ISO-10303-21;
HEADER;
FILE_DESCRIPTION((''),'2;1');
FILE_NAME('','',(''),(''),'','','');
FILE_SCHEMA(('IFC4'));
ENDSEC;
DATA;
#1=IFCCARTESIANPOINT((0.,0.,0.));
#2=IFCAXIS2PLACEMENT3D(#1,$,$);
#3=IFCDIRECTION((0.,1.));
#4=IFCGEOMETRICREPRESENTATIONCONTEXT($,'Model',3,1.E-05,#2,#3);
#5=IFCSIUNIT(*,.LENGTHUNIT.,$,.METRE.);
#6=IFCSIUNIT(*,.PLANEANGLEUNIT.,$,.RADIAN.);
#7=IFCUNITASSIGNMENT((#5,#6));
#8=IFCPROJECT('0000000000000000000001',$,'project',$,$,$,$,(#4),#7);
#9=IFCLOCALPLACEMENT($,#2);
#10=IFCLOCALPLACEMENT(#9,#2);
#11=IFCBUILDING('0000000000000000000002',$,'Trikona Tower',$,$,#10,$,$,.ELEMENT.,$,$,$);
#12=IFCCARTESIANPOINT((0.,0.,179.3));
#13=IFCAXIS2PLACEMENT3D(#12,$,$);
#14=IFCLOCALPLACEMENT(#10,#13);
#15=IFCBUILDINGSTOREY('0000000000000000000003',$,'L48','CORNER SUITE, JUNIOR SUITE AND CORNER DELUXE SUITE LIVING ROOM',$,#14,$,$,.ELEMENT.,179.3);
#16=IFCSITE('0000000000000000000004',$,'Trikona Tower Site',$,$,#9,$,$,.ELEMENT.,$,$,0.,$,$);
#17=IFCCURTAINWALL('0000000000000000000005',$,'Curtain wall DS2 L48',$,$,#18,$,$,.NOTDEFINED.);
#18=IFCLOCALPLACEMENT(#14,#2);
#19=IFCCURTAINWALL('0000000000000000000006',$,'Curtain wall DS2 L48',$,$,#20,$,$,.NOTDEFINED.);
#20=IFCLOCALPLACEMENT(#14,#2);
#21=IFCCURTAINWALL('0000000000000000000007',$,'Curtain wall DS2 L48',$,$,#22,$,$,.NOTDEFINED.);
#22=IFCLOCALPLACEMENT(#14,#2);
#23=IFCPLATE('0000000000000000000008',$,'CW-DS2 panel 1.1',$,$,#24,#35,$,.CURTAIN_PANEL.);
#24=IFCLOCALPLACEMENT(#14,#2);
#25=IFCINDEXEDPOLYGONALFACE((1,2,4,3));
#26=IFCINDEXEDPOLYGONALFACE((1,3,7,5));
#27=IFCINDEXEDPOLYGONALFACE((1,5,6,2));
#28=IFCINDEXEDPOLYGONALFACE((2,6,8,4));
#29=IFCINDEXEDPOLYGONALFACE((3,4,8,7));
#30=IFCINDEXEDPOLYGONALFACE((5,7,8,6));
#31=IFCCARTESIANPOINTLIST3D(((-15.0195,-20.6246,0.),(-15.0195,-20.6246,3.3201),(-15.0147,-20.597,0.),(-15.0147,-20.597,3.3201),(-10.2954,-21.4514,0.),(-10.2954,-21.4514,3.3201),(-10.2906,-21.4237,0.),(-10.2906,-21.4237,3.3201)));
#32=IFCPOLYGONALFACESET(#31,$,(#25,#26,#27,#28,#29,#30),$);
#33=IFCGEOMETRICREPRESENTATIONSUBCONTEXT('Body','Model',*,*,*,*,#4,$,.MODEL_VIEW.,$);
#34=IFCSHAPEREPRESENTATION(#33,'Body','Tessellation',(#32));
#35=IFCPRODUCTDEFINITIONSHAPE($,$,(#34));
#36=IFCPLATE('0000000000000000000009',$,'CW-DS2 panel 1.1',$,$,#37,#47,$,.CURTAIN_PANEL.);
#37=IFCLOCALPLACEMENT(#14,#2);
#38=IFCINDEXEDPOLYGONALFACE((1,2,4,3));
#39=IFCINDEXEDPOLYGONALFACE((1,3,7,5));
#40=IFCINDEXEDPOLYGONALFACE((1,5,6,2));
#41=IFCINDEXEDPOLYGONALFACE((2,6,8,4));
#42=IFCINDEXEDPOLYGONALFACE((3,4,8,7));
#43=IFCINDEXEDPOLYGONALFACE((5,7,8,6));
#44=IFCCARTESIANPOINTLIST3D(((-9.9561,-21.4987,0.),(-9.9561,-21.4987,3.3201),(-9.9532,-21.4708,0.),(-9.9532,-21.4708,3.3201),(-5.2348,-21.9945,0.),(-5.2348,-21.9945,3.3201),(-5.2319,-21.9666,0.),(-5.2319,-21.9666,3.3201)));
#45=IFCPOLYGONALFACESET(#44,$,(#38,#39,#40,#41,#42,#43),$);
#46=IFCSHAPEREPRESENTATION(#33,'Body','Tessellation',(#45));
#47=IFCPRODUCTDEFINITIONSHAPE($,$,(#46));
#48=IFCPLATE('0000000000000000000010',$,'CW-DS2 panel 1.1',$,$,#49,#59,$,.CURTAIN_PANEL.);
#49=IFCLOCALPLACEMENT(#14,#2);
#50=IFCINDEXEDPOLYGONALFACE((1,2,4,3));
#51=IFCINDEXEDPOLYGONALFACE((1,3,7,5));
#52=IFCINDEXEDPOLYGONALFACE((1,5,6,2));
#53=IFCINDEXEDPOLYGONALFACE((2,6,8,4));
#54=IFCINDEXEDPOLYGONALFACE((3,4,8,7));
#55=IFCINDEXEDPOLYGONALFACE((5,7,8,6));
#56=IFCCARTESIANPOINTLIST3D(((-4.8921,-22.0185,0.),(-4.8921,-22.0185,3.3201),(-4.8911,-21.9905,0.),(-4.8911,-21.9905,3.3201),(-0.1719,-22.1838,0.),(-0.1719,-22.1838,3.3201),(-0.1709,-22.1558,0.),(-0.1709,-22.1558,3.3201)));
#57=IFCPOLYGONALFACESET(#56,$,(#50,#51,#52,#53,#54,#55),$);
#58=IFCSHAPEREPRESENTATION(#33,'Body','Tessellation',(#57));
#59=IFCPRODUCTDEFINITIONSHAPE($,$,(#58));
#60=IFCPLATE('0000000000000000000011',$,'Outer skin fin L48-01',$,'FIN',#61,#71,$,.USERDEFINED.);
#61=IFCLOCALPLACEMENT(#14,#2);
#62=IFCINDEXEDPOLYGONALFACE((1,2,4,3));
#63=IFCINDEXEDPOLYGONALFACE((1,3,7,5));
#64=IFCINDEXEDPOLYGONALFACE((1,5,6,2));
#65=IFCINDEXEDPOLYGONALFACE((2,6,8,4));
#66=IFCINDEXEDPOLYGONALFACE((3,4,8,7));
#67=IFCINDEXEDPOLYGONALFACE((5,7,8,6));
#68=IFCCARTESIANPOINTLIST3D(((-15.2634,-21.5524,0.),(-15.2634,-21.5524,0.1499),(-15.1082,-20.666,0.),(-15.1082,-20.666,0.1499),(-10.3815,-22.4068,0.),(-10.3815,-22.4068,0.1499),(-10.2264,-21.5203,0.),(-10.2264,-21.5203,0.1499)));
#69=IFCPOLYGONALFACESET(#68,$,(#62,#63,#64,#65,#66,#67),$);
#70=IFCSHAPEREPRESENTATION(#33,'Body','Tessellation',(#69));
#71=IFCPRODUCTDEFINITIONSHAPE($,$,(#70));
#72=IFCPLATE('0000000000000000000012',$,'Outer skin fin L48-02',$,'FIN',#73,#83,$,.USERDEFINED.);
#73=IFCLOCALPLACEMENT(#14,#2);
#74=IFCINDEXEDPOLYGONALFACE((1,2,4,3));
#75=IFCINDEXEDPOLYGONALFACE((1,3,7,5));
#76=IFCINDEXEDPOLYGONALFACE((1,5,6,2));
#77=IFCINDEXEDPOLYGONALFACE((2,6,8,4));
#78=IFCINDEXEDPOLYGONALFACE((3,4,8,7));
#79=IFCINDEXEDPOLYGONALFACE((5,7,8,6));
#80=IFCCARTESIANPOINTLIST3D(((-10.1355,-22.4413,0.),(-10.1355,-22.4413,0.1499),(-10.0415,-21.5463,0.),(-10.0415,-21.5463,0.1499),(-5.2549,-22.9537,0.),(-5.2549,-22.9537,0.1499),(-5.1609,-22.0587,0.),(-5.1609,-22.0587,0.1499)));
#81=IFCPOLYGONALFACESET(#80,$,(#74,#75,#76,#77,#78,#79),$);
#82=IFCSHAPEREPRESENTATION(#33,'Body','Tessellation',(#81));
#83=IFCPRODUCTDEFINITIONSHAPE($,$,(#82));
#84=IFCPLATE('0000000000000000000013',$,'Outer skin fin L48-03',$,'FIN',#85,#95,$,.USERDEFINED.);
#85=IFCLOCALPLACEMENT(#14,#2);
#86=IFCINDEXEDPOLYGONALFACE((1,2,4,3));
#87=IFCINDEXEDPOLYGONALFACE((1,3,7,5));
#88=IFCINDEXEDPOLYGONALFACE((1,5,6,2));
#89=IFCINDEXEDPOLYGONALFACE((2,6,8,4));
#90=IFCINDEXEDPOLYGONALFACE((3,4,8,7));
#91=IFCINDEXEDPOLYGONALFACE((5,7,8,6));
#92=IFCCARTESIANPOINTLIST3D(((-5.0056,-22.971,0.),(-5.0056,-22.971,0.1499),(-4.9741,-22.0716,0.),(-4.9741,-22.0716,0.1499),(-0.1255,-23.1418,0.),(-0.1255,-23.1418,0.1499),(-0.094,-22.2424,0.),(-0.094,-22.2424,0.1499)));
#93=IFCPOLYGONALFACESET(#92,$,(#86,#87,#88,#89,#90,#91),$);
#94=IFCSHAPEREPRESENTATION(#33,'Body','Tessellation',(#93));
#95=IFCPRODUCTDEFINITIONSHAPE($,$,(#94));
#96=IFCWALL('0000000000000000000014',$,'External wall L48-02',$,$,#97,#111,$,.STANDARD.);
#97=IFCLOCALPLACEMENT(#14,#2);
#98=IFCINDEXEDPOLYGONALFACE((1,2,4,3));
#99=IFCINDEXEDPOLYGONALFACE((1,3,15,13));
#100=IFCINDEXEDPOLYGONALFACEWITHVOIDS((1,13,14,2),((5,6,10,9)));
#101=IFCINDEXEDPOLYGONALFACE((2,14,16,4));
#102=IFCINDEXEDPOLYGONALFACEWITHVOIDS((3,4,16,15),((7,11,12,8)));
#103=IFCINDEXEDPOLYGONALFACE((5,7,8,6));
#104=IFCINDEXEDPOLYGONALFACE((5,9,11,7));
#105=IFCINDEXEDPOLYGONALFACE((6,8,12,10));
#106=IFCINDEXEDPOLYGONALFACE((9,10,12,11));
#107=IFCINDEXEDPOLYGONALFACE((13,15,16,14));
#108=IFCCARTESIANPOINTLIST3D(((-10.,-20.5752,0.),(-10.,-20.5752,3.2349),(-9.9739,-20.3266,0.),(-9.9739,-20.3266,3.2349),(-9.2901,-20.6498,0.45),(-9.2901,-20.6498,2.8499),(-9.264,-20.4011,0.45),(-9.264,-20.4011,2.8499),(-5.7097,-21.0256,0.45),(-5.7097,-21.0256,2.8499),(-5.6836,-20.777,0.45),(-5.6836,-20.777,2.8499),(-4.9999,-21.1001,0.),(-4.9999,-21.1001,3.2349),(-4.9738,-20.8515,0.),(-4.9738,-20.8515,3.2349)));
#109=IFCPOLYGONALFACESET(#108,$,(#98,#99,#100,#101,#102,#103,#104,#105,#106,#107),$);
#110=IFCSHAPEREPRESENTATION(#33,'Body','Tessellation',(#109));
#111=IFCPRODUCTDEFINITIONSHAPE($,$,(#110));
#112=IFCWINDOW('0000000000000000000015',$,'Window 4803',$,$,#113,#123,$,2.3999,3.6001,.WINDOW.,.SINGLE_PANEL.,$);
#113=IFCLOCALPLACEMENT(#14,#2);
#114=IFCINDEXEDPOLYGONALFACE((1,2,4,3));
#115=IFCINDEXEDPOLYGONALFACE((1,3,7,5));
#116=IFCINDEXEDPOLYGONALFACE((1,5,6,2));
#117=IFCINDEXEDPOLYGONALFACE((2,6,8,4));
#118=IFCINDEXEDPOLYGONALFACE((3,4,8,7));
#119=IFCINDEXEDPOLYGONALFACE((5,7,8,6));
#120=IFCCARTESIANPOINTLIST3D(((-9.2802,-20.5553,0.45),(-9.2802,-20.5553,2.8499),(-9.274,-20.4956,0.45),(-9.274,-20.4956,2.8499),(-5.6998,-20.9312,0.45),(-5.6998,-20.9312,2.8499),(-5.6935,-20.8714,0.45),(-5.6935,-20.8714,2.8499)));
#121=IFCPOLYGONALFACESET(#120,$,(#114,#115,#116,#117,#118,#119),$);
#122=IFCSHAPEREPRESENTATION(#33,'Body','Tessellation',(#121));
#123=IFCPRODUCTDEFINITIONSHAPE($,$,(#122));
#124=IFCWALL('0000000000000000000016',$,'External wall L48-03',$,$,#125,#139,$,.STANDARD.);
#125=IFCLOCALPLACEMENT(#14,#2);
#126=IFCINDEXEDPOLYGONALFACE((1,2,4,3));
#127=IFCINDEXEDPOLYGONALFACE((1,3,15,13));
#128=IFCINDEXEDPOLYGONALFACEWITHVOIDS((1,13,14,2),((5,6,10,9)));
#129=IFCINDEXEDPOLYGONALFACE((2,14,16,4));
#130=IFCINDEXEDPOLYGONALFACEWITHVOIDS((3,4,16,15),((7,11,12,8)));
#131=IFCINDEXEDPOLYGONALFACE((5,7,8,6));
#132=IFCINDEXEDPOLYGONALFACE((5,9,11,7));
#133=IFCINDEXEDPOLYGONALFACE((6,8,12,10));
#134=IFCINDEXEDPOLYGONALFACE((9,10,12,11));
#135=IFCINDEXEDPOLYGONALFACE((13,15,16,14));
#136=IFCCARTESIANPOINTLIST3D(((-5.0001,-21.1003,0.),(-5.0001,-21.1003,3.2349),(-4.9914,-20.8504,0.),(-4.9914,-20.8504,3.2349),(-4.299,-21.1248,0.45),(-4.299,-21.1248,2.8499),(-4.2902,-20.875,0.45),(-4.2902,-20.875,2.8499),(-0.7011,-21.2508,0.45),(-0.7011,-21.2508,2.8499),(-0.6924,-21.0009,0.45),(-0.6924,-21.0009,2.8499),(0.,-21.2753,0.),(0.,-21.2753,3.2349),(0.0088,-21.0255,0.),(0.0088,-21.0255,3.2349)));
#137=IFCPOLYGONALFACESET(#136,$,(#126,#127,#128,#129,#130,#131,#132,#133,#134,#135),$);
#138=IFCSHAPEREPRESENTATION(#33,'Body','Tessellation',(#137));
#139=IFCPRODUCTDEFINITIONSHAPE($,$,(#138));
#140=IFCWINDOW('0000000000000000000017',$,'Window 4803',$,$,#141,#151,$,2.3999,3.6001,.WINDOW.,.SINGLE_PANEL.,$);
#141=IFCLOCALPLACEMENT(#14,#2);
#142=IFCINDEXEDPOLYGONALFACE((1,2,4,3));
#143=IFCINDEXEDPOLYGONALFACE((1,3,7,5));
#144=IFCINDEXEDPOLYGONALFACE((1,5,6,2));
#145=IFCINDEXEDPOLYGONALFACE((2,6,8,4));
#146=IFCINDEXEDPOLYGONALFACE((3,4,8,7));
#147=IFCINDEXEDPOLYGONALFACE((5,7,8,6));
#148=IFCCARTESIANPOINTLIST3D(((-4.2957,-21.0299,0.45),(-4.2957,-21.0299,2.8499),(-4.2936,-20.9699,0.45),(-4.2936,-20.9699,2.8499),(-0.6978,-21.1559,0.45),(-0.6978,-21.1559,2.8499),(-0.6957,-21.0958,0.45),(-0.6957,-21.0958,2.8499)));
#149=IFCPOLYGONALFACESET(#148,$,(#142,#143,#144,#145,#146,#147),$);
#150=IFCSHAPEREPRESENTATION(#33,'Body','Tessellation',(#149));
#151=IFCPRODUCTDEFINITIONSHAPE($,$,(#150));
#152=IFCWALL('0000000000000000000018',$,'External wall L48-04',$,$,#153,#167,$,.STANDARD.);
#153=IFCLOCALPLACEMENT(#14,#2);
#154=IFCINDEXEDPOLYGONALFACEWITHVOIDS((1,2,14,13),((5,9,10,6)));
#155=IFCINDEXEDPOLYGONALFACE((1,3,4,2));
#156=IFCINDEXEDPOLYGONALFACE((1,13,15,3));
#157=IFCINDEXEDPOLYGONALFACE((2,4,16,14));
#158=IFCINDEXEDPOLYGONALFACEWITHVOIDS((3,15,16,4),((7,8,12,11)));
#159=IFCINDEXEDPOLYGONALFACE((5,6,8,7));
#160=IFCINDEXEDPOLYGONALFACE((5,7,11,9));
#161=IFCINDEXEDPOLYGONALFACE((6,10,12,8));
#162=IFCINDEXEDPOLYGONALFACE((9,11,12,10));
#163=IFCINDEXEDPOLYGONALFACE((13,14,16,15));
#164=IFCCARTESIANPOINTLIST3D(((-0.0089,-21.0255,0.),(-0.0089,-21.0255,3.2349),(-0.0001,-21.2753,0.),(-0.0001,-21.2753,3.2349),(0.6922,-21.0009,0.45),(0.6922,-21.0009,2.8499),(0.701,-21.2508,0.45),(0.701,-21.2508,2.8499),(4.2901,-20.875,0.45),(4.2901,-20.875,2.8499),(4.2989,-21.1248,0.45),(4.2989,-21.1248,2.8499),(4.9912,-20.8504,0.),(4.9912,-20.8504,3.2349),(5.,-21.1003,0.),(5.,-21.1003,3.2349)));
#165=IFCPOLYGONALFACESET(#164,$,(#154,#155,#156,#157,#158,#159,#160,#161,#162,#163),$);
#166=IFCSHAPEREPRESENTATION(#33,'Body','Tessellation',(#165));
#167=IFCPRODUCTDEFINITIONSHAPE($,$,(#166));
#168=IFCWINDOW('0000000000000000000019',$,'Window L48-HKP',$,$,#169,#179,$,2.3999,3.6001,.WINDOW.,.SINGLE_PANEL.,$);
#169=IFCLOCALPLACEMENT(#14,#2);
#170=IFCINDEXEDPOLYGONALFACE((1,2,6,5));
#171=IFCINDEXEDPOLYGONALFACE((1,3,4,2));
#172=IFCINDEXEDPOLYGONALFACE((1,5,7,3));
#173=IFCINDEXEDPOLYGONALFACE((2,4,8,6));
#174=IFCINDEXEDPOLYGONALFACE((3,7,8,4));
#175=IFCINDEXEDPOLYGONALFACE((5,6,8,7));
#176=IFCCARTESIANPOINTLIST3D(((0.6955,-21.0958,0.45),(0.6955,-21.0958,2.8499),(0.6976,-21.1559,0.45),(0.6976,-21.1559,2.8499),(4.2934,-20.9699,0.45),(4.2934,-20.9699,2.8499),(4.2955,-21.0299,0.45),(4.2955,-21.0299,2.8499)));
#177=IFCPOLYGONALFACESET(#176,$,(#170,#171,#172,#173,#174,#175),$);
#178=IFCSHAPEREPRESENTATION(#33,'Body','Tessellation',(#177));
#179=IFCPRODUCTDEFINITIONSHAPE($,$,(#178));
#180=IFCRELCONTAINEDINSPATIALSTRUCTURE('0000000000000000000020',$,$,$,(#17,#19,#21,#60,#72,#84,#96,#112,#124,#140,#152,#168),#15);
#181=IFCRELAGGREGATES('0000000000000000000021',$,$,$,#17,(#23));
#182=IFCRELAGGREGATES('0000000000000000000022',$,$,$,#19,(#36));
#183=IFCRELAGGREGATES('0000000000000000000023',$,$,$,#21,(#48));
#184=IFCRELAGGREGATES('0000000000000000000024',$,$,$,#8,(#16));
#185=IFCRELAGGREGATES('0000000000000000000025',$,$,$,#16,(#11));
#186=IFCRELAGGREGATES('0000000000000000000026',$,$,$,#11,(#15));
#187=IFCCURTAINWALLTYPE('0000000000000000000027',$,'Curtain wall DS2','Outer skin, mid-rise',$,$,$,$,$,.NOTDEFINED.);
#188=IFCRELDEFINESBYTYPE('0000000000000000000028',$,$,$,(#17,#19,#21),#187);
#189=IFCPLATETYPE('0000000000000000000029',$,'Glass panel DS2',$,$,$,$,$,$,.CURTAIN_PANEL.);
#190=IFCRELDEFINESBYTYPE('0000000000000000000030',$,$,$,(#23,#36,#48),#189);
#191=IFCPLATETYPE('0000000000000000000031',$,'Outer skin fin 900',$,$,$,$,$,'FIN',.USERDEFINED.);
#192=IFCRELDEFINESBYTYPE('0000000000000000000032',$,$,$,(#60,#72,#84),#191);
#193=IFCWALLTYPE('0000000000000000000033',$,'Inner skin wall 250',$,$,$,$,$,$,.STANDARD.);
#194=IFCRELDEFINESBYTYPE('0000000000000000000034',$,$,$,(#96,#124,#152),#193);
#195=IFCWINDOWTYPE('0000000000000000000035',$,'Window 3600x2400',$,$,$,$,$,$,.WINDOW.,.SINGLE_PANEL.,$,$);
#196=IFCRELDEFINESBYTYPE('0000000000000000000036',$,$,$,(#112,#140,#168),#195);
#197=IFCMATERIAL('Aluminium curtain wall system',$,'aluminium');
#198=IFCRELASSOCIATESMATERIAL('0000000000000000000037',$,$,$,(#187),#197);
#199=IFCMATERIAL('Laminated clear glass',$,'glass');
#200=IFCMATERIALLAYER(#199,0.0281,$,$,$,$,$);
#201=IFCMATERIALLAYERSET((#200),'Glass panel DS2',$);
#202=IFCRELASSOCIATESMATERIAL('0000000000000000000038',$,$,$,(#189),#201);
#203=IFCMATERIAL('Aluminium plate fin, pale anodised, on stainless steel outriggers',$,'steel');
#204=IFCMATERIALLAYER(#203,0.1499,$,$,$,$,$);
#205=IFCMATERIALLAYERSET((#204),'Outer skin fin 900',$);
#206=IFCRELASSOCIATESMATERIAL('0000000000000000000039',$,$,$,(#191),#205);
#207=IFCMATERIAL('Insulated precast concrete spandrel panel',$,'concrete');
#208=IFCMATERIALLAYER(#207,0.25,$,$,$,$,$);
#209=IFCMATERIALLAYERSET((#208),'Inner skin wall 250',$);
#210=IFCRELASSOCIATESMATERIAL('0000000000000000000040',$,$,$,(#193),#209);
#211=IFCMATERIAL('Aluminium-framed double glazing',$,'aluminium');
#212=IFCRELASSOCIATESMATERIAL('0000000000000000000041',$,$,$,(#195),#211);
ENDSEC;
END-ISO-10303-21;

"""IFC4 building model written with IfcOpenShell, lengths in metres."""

from ifc_helpers import new_model, si_unit, direction, frame, frame_2d, origin, origin_2d, place, context, subcontext, project, spatial, rectangle, extrude, material, layer, layer_set, type_object, element, fill, aggregate, save


model = new_model("IFC4")

# Units and contexts
model_context = context("Model", 3, precision=1e-05, world=origin(), true_north=direction((0.0, 1.0)))
body_context = subcontext(model_context, "Body", "Model", "MODEL_VIEW")
ifc_project = project(units=[si_unit("LENGTHUNIT", "METRE"), si_unit("PLANEANGLEUNIT", "RADIAN")], contexts=[model_context])

# Site, building, storey
site_placement = place(None, origin())
site = spatial("IfcSite", under=ifc_project, at=site_placement, Name="Trikona Tower Site", CompositionType="ELEMENT", RefElevation=0.0)
building_placement = place(site_placement, origin())
building = spatial("IfcBuilding", under=site, at=building_placement, Name="Trikona Tower", CompositionType="ELEMENT")
storey_placement = place(building_placement, frame((0.0, 0.0, 179.3)))
storey = spatial("IfcBuildingStorey", under=building, at=storey_placement, Name="L48", Description="CORNER SUITE, JUNIOR SUITE AND CORNER DELUXE SUITE LIVING ROOM", CompositionType="ELEMENT", Elevation=179.3)

# Curtain wall
ifc_material_1 = material(Name="Aluminium curtain wall system", Category="aluminium")
curtain_wall_type = type_object("IfcCurtainWallType", Name="Curtain wall DS2", Description="Outer skin, mid-rise", PredefinedType="NOTDEFINED", material=ifc_material_1)
curtain_wall_1_placement = place(storey_placement, origin())
curtain_wall_1 = element("IfcCurtainWall", 1, at=curtain_wall_1_placement, inside=storey, type_object=curtain_wall_type, Name="Curtain wall DS2 L48", PredefinedType="NOTDEFINED")

# Curtain walls
curtain_wall_2_placement = place(storey_placement, origin())
curtain_wall_2 = element("IfcCurtainWall", 2, at=curtain_wall_2_placement, inside=storey, type_object=curtain_wall_type, Name="Curtain wall DS2 L48", PredefinedType="NOTDEFINED")
curtain_wall_3_placement = place(storey_placement, origin())
curtain_wall_3 = element("IfcCurtainWall", 3, at=curtain_wall_3_placement, inside=storey, type_object=curtain_wall_type, Name="Curtain wall DS2 L48", PredefinedType="NOTDEFINED")

# Plates
ifc_material_2 = material(Name="Laminated clear glass", Category="glass")
ifc_layer_1 = layer(ifc_material_2, 0.0281)
ifc_layer_set_1 = layer_set([ifc_layer_1], Name="Glass panel DS2")
plate_type_1 = type_object("IfcPlateType", Name="Glass panel DS2", PredefinedType="CURTAIN_PANEL", material=ifc_layer_set_1)
plate_1_placement = place(storey_placement, frame((-12.655, -21.0242, 0.0), z_axis=(0.0, 0.0, 1.0), x_axis=(0.985031, -0.172377, 0.0)))
plate_1 = element("IfcPlate", 4, at=plate_1_placement, type_object=plate_type_1, Name="CW-DS2 panel 1.1", PredefinedType="CURTAIN_PANEL", context=body_context, shape_type="SweptSolid", body=[
    extrude(rectangle(XDim=4.7959, YDim=0.0281, at=origin_2d()), origin(), (0.0, 0.0, 1.0), 3.3201),
])
aggregate(curtain_wall_1, [plate_1])
plate_2_placement = place(storey_placement, frame((-7.594, -21.7327, 0.0), z_axis=(0.0, 0.0, 1.0), x_axis=(0.994532, -0.104433, 0.0)))
plate_2 = element("IfcPlate", 5, at=plate_2_placement, type_object=plate_type_1, Name="CW-DS2 panel 1.1", PredefinedType="CURTAIN_PANEL", context=body_context, shape_type="SweptSolid", body=[
    extrude(rectangle(XDim=4.7473, YDim=0.0281, at=origin_2d()), origin(), (0.0, 0.0, 1.0), 3.3201),
])
aggregate(curtain_wall_2, [plate_2])
plate_3_placement = place(storey_placement, frame((-2.5315, -22.0872, 0.0), z_axis=(0.0, 0.0, 1.0), x_axis=(0.999387, -0.034998, 0.0)))
plate_3 = element("IfcPlate", 6, at=plate_3_placement, type_object=plate_type_1, Name="CW-DS2 panel 1.1", PredefinedType="CURTAIN_PANEL", context=body_context, shape_type="SweptSolid", body=[
    extrude(rectangle(XDim=4.7231, YDim=0.0281, at=origin_2d()), origin(), (0.0, 0.0, 1.0), 3.3201),
])
aggregate(curtain_wall_3, [plate_3])

# Plates
ifc_material_3 = material(Name="Aluminium plate fin, pale anodised, on stainless steel outriggers", Category="steel")
ifc_layer_2 = layer(ifc_material_3, 0.1499)
ifc_layer_set_2 = layer_set([ifc_layer_2], Name="Outer skin fin 900")
plate_type_2 = type_object("IfcPlateType", Name="Outer skin fin 900", ElementType="FIN", PredefinedType="USERDEFINED", material=ifc_layer_set_2)
plate_4_placement = place(storey_placement, frame((-12.7449, -21.5364, 0.0), z_axis=(0.0, 0.0, 1.0), x_axis=(0.985031, -0.17238, 0.0)))
element("IfcPlate", 7, at=plate_4_placement, inside=storey, type_object=plate_type_2, Name="Outer skin fin L48-01", ObjectType="FIN", PredefinedType="USERDEFINED", context=body_context, shape_type="SweptSolid", body=[
    extrude(rectangle(XDim=4.9561, YDim=0.8999, at=origin_2d()), origin(), (0.0, 0.0, 1.0), 0.1499),
])
plate_5_placement = place(storey_placement, frame((-7.6482, -22.25, 0.0), z_axis=(0.0, 0.0, 1.0), x_axis=(0.994533, -0.104426, 0.0)))
element("IfcPlate", 8, at=plate_5_placement, inside=storey, type_object=plate_type_2, Name="Outer skin fin L48-02", ObjectType="FIN", PredefinedType="USERDEFINED", context=body_context, shape_type="SweptSolid", body=[
    extrude(rectangle(XDim=4.9075, YDim=0.8999, at=origin_2d()), origin(), (0.0, 0.0, 1.0), 0.1499),
])
plate_6_placement = place(storey_placement, frame((-2.5498, -22.6067, 0.0), z_axis=(0.0, 0.0, 1.0), x_axis=(0.999388, -0.034978, 0.0)))
element("IfcPlate", 9, at=plate_6_placement, inside=storey, type_object=plate_type_2, Name="Outer skin fin L48-03", ObjectType="FIN", PredefinedType="USERDEFINED", context=body_context, shape_type="SweptSolid", body=[
    extrude(rectangle(XDim=4.8831, YDim=0.8999, at=origin_2d()), origin(), (0.0, 0.0, 1.0), 0.1499),
])

# Walls, openings, windows
ifc_material_4 = material(Name="Insulated precast concrete spandrel panel", Category="concrete")
ifc_layer_3 = layer(ifc_material_4, 0.25)
ifc_layer_set_3 = layer_set([ifc_layer_3], Name="Inner skin wall 250")
wall_type = type_object("IfcWallType", Name="Inner skin wall 250", PredefinedType="STANDARD", material=ifc_layer_set_3)
wall_1_placement = place(storey_placement, frame((-9.9868, -20.4509, 0.0), z_axis=(0.0, 0.0, 1.0), x_axis=(0.994535, -0.104407, 0.0)))
wall_1 = element("IfcWall", 10, at=wall_1_placement, inside=storey, type_object=wall_type, Name="External wall L48-02", PredefinedType="STANDARD", context=body_context, shape_type="SweptSolid", body=[
    extrude(rectangle(XDim=5.0276, YDim=0.25, at=frame_2d((2.5137, 0.0))), origin(), (0.0, 0.0, 1.0), 3.2349),
])
opening_1_placement = place(wall_1_placement, frame((0.7136, 0.0, 0.45)))
opening_1 = element("IfcOpeningElement", 11, at=opening_1_placement, cuts=wall_1, PredefinedType="OPENING", context=body_context, shape_type="SweptSolid", body=[
    extrude(rectangle(XDim=3.6001, YDim=2.3999, at=frame_2d((1.8, 1.2))), frame((0.0, 0.135, 0.0), z_axis=(0.0, -1.0, 0.0), x_axis=(1.0, 0.0, 0.0)), (0.0, 0.0, 1.0), 0.27),
])
ifc_material_5 = material(Name="Aluminium-framed double glazing", Category="aluminium")
window_type = type_object("IfcWindowType", Name="Window 3600x2400", PartitioningType="SINGLE_PANEL", PredefinedType="WINDOW", material=ifc_material_5)
window_1_placement = place(opening_1_placement, origin())
window_1 = element("IfcWindow", 12, at=window_1_placement, inside=storey, type_object=window_type, Name="Window 4803", OverallHeight=2.3999, OverallWidth=3.6001, PartitioningType="SINGLE_PANEL", PredefinedType="WINDOW", context=body_context, shape_type="SweptSolid", body=[
    extrude(rectangle(XDim=3.6001, YDim=2.3999, at=frame_2d((1.8, 1.2))), frame((0.0, 0.03, 0.0), z_axis=(0.0, -1.0, 0.0), x_axis=(1.0, 0.0, 0.0)), (0.0, 0.0, 1.0), 0.0601),
])
fill(opening_1, window_1)
wall_2_placement = place(storey_placement, frame((-4.9956, -20.9753, 0.0), z_axis=(0.0, 0.0, 1.0), x_axis=(0.999388, -0.034988, 0.0)))
wall_2 = element("IfcWall", 13, at=wall_2_placement, inside=storey, type_object=wall_type, Name="External wall L48-03", PredefinedType="STANDARD", context=body_context, shape_type="SweptSolid", body=[
    extrude(rectangle(XDim=5.0032, YDim=0.25, at=frame_2d((2.5015, 0.0))), origin(), (0.0, 0.0, 1.0), 3.2349),
])
opening_2_placement = place(wall_2_placement, frame((0.7014, 0.0, 0.45)))
opening_2 = element("IfcOpeningElement", 14, at=opening_2_placement, cuts=wall_2, PredefinedType="OPENING", context=body_context, shape_type="SweptSolid", body=[
    extrude(rectangle(XDim=3.6001, YDim=2.3999, at=frame_2d((1.8, 1.2))), frame((0.0, 0.135, 0.0), z_axis=(0.0, -1.0, 0.0), x_axis=(1.0, 0.0, 0.0)), (0.0, 0.0, 1.0), 0.27),
])
window_2_placement = place(opening_2_placement, origin())
window_2 = element("IfcWindow", 15, at=window_2_placement, inside=storey, type_object=window_type, Name="Window 4803", OverallHeight=2.3999, OverallWidth=3.6001, PartitioningType="SINGLE_PANEL", PredefinedType="WINDOW", context=body_context, shape_type="SweptSolid", body=[
    extrude(rectangle(XDim=3.6001, YDim=2.3999, at=frame_2d((1.8, 1.2))), frame((0.0, 0.03, 0.0), z_axis=(0.0, -1.0, 0.0), x_axis=(1.0, 0.0, 0.0)), (0.0, 0.0, 1.0), 0.0601),
])
fill(opening_2, window_2)
wall_3_placement = place(storey_placement, frame((-0.0044, -21.1504, 0.0), z_axis=(0.0, 0.0, 1.0), x_axis=(0.999388, 0.034988, 0.0)))
wall_3 = element("IfcWall", 16, at=wall_3_placement, inside=storey, type_object=wall_type, Name="External wall L48-04", PredefinedType="STANDARD", context=body_context, shape_type="SweptSolid", body=[
    extrude(rectangle(XDim=5.0032, YDim=0.25, at=frame_2d((2.5015, 0.0))), origin(), (0.0, 0.0, 1.0), 3.2349),
])
opening_3_placement = place(wall_3_placement, frame((0.7014, 0.0, 0.45)))
opening_3 = element("IfcOpeningElement", 17, at=opening_3_placement, cuts=wall_3, PredefinedType="OPENING", context=body_context, shape_type="SweptSolid", body=[
    extrude(rectangle(XDim=3.6001, YDim=2.3999, at=frame_2d((1.8, 1.2))), frame((0.0, 0.135, 0.0), z_axis=(0.0, -1.0, 0.0), x_axis=(1.0, 0.0, 0.0)), (0.0, 0.0, 1.0), 0.27),
])
window_3_placement = place(opening_3_placement, origin())
window_3 = element("IfcWindow", 18, at=window_3_placement, inside=storey, type_object=window_type, Name="Window L48-HKP", OverallHeight=2.3999, OverallWidth=3.6001, PartitioningType="SINGLE_PANEL", PredefinedType="WINDOW", context=body_context, shape_type="SweptSolid", body=[
    extrude(rectangle(XDim=3.6001, YDim=2.3999, at=frame_2d((1.8, 1.2))), frame((0.0, 0.03, 0.0), z_axis=(0.0, -1.0, 0.0), x_axis=(1.0, 0.0, 0.0)), (0.0, 0.0, 1.0), 0.0601),
])
fill(opening_3, window_3)

save(model, "model.ifc")
